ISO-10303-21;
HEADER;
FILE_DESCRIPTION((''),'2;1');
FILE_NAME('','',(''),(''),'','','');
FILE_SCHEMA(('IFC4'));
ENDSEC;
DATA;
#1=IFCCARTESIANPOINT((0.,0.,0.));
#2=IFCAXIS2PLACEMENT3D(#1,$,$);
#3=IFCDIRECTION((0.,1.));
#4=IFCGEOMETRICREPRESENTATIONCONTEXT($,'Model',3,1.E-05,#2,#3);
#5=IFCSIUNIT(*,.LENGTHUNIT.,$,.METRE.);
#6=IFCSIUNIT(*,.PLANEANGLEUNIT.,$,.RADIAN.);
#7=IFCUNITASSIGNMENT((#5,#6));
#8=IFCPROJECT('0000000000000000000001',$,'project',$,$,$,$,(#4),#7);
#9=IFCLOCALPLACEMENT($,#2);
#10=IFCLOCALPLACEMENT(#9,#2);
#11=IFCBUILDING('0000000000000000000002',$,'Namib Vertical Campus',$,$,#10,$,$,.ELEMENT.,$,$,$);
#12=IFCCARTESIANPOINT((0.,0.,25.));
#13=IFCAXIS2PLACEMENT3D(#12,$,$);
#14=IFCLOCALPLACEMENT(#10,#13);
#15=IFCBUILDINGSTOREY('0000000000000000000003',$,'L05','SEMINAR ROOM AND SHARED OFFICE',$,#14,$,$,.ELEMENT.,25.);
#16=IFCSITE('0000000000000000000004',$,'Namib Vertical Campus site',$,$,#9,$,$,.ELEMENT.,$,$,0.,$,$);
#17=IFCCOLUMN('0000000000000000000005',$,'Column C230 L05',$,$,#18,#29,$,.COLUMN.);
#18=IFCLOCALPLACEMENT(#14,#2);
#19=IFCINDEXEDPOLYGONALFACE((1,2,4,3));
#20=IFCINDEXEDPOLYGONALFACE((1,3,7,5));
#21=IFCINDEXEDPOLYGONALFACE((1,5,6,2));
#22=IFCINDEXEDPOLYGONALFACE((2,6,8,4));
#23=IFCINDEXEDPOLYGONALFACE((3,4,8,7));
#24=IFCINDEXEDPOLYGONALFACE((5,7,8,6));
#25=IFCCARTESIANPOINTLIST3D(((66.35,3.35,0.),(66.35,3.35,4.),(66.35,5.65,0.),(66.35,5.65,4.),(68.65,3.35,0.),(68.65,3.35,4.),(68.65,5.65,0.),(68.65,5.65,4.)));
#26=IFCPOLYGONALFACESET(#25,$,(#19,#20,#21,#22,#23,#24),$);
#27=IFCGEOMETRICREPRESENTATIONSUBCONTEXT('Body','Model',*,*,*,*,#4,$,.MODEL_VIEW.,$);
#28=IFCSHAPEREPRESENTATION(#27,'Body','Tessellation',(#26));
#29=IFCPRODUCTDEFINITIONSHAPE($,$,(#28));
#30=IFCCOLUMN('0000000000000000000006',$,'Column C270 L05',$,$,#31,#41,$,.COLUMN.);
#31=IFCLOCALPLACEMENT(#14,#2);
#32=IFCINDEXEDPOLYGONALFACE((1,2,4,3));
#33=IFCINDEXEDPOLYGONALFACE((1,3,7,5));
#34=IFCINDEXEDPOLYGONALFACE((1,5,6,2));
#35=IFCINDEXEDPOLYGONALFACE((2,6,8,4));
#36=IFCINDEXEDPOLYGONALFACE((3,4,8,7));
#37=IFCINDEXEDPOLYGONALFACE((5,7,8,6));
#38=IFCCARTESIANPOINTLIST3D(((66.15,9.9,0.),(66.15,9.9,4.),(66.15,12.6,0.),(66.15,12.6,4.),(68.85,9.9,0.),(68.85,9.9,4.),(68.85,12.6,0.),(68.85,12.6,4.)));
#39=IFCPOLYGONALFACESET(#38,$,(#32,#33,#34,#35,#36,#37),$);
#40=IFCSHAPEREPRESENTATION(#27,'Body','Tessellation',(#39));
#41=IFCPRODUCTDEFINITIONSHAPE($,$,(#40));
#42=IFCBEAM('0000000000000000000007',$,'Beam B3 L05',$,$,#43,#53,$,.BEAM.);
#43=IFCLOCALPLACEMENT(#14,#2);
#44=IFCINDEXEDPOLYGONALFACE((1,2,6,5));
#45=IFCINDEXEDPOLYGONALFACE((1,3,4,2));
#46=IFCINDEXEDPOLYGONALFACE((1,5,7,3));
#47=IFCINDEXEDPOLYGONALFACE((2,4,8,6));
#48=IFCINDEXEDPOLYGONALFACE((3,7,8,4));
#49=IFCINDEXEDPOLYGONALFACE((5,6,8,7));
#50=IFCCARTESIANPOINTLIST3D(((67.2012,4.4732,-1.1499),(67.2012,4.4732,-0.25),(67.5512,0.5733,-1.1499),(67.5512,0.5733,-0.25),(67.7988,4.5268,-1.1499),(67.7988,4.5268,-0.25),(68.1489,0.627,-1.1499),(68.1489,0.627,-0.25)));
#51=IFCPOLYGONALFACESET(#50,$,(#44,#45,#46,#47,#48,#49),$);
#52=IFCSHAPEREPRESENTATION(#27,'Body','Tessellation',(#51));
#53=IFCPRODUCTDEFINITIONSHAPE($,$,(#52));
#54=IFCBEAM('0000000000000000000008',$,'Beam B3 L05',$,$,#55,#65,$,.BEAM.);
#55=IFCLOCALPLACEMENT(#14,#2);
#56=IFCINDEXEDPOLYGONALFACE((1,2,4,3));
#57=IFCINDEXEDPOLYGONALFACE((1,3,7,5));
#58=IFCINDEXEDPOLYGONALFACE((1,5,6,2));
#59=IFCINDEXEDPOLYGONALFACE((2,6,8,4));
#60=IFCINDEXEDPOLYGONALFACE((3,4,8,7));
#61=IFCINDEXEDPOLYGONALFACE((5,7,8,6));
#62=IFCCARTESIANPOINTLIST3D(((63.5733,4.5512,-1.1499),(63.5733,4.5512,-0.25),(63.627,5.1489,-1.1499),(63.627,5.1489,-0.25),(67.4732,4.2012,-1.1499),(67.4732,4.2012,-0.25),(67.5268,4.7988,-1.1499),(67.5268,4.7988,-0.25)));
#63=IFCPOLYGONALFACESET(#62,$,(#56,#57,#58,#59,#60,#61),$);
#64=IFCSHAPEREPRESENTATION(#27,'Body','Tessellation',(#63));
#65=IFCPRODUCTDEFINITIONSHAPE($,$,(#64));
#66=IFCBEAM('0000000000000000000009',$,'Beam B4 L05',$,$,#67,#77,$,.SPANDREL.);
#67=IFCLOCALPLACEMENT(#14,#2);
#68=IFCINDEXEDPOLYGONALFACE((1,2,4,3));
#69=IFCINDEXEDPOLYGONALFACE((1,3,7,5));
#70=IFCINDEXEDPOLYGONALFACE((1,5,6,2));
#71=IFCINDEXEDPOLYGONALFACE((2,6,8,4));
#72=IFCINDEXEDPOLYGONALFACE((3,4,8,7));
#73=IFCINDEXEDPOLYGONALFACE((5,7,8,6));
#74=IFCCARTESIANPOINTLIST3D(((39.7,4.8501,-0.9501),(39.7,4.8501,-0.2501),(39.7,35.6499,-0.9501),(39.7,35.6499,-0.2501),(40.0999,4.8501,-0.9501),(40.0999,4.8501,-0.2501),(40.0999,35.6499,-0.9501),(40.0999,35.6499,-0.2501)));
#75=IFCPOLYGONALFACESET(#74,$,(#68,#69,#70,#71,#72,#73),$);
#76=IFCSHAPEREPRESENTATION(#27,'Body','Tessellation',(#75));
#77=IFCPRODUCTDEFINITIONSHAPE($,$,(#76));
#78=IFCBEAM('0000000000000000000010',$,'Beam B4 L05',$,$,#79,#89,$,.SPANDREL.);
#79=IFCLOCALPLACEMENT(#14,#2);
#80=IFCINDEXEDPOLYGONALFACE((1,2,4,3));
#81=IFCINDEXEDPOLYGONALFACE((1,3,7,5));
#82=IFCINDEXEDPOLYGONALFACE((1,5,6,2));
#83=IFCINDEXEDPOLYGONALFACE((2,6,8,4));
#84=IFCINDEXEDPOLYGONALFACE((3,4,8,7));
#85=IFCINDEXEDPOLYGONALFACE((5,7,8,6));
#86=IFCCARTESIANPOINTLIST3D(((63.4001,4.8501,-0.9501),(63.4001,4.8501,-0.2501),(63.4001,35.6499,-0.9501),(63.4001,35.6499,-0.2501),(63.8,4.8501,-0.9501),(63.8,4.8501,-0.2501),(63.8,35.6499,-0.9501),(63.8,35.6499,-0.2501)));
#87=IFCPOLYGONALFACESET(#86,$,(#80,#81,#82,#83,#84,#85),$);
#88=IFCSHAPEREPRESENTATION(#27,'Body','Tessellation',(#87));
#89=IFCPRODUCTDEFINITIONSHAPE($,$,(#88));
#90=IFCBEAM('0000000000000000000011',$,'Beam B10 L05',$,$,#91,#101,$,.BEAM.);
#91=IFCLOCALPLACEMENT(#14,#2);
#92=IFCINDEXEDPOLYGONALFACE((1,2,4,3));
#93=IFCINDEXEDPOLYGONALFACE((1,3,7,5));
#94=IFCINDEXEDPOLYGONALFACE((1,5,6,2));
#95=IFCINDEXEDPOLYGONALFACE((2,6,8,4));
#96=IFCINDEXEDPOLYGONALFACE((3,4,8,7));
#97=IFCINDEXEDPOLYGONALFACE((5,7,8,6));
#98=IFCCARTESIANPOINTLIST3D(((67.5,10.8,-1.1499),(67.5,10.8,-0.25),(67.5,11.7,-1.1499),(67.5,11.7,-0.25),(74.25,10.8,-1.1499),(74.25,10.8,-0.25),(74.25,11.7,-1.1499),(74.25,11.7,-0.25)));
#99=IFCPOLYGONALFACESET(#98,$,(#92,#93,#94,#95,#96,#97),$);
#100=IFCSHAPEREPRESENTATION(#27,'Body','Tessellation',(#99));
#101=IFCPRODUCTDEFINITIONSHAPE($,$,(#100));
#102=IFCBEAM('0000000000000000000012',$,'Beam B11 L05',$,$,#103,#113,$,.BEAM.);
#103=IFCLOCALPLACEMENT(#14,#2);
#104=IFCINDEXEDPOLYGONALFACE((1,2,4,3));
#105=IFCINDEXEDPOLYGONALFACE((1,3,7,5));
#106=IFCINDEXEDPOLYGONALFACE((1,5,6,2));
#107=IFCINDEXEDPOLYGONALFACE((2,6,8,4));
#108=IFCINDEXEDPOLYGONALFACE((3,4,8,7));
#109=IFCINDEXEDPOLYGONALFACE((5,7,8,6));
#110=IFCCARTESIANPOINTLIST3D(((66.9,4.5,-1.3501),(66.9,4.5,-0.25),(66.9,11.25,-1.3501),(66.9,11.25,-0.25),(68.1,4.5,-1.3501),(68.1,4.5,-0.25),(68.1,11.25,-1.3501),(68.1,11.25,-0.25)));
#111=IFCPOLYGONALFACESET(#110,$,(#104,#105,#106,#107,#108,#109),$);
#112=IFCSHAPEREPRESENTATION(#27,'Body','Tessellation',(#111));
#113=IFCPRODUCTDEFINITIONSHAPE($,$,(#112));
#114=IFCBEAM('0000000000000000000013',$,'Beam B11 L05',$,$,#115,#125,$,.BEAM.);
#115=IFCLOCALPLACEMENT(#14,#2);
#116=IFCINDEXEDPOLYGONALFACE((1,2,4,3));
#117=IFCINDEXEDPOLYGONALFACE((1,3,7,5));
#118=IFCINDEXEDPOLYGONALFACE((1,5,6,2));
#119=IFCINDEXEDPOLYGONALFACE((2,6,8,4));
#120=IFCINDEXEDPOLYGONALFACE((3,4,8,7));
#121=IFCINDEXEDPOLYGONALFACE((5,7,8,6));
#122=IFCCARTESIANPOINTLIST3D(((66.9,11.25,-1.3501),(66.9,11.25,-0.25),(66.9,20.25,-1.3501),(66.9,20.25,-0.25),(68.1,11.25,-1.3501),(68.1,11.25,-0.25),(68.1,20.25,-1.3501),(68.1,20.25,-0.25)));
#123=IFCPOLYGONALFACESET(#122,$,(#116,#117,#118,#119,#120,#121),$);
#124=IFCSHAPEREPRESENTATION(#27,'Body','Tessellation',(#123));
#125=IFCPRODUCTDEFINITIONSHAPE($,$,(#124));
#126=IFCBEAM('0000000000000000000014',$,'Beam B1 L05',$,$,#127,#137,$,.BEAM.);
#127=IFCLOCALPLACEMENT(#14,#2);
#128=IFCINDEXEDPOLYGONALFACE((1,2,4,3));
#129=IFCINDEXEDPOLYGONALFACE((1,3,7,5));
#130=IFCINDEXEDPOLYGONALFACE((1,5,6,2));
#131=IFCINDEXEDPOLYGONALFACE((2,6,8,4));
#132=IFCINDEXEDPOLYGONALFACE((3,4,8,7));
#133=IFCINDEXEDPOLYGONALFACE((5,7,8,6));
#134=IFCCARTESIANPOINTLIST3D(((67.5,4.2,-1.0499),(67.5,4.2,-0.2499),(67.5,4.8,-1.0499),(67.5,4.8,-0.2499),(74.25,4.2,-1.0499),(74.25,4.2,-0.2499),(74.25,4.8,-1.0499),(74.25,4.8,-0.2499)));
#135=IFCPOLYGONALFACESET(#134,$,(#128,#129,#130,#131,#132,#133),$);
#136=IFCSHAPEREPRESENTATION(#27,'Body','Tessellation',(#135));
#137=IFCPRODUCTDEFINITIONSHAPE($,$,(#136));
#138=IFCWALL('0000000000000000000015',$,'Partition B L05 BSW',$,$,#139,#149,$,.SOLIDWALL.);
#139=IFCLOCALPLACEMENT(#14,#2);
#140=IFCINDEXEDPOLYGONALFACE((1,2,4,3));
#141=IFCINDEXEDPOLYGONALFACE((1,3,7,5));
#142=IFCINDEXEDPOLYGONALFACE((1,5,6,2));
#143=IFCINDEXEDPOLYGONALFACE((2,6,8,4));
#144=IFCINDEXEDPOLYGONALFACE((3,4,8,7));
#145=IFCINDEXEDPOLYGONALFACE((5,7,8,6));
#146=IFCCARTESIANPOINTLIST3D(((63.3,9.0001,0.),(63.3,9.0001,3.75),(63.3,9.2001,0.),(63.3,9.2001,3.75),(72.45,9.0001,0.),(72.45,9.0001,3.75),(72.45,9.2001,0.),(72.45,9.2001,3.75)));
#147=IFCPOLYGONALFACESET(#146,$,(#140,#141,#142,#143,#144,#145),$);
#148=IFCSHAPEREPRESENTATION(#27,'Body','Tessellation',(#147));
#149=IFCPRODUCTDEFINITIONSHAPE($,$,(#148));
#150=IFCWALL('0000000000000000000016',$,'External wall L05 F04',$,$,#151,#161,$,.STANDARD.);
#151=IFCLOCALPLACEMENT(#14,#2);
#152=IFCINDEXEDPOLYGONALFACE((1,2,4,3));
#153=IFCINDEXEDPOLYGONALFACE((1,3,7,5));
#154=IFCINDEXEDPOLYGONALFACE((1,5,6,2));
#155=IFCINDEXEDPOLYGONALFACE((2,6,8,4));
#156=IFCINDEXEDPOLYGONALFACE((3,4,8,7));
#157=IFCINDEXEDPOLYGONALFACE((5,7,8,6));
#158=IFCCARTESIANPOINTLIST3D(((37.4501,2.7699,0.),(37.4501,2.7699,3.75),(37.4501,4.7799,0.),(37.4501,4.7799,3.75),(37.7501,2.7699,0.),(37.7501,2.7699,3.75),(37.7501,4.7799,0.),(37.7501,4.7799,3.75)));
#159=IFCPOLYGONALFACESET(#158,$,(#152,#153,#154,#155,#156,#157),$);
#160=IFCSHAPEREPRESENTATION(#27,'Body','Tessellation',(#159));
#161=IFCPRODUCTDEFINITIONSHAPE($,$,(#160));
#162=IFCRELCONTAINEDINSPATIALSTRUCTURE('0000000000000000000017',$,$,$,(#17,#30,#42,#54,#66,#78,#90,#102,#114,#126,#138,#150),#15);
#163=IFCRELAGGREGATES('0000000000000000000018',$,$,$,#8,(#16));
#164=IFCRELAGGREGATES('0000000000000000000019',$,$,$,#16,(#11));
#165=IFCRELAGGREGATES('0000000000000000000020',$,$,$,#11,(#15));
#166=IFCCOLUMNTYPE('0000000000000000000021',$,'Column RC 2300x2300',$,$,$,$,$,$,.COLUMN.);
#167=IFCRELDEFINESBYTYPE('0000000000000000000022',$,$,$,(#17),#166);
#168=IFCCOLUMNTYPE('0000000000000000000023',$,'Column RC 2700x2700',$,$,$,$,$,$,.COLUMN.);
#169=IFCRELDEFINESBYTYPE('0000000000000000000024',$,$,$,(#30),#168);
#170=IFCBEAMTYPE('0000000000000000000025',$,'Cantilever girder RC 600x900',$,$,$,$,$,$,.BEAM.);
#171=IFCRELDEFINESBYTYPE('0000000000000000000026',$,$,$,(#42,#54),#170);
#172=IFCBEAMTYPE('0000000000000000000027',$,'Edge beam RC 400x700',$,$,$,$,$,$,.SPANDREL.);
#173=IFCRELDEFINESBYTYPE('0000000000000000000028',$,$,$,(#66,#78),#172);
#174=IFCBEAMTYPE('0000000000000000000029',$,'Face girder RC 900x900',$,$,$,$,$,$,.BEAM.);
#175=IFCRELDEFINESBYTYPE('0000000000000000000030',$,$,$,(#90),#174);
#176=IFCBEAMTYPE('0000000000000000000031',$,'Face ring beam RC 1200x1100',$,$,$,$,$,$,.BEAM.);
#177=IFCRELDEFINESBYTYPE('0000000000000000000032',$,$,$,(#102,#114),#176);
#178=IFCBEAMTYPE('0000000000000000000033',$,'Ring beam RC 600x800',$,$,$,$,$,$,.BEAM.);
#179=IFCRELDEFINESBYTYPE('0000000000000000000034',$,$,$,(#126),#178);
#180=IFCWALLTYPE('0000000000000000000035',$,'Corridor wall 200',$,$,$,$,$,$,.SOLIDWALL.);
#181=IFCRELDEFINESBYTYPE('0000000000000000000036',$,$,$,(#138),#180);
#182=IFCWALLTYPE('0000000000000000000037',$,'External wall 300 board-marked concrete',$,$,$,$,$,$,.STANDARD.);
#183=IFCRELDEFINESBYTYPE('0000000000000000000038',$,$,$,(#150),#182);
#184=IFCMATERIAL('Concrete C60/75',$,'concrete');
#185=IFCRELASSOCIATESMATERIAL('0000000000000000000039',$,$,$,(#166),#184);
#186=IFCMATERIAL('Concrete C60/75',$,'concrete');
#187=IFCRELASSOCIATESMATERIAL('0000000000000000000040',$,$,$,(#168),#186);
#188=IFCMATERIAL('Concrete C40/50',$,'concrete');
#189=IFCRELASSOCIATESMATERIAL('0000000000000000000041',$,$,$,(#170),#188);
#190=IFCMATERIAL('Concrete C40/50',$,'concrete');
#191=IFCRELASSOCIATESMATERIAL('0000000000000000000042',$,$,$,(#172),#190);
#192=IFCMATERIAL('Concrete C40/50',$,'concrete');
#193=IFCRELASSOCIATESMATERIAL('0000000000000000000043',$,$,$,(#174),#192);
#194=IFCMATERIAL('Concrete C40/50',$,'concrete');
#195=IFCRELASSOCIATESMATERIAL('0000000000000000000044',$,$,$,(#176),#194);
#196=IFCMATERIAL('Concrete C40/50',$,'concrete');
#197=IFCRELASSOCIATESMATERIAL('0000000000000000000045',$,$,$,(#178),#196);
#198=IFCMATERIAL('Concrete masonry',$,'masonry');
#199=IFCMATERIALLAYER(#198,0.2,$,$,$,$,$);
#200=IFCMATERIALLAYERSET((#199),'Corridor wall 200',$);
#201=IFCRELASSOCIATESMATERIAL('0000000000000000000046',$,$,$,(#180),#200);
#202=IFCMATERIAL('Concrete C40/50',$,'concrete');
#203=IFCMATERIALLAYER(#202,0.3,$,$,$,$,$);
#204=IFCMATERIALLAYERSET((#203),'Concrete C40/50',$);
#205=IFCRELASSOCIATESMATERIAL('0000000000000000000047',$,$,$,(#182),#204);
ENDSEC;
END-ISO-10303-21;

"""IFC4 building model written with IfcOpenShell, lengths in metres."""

from ifc_helpers import new_model, si_unit, direction, frame, frame_2d, origin, origin_2d, place, context, subcontext, project, spatial, rectangle, extrude, material, layer, layer_set, material_profile, profile_set, type_object, element, save


model = new_model("IFC4")

# Units and contexts
model_context = context("Model", 3, precision=1e-05, world=origin(), true_north=direction((0.0, 1.0)))
body_context = subcontext(model_context, "Body", "Model", "MODEL_VIEW")
ifc_project = project(units=[si_unit("LENGTHUNIT", "METRE"), si_unit("PLANEANGLEUNIT", "RADIAN")], contexts=[model_context])

# Site, building, storey
site_placement = place(None, origin())
site = spatial("IfcSite", under=ifc_project, at=site_placement, Name="Namib Vertical Campus site", CompositionType="ELEMENT", RefElevation=0.0)
building_placement = place(site_placement, origin())
building = spatial("IfcBuilding", under=site, at=building_placement, Name="Namib Vertical Campus", CompositionType="ELEMENT")
storey_placement = place(building_placement, frame((0.0, 0.0, 25.0)))
storey = spatial("IfcBuildingStorey", under=building, at=storey_placement, Name="L05", Description="SEMINAR ROOM AND SHARED OFFICE", CompositionType="ELEMENT", Elevation=25.0)

# Columns
ifc_material_1 = material(Name="Concrete C60/75", Category="concrete")
ifc_material_profile_1 = material_profile(ifc_material_1, rectangle(XDim=2.3, YDim=2.3, at=origin_2d()))
ifc_profile_set_1 = profile_set([ifc_material_profile_1], Name="Concrete C60/75")
column_type_1 = type_object("IfcColumnType", Name="Column RC 2300x2300", PredefinedType="COLUMN", material=ifc_profile_set_1)
column_1_placement = place(storey_placement, frame((67.5, 4.5, 0.0), z_axis=(0.0, 0.0, 1.0), x_axis=(1.0, 0.0, 0.0)))
element("IfcColumn", 1, at=column_1_placement, inside=storey, type_object=column_type_1, Name="Column C230 L05", PredefinedType="COLUMN", context=body_context, shape_type="SweptSolid", body=[
    extrude(rectangle(XDim=2.3, YDim=2.3, at=origin_2d()), origin(), (0.0, 0.0, 1.0), 4.0),
])
ifc_material_2 = material(Name="Concrete C60/75", Category="concrete")
ifc_material_profile_2 = material_profile(ifc_material_2, rectangle(XDim=2.7, YDim=2.7, at=origin_2d()))
ifc_profile_set_2 = profile_set([ifc_material_profile_2], Name="Concrete C60/75")
column_type_2 = type_object("IfcColumnType", Name="Column RC 2700x2700", PredefinedType="COLUMN", material=ifc_profile_set_2)
column_2_placement = place(storey_placement, frame((67.5, 11.25, 0.0), z_axis=(0.0, 0.0, 1.0), x_axis=(1.0, 0.0, 0.0)))
element("IfcColumn", 2, at=column_2_placement, inside=storey, type_object=column_type_2, Name="Column C270 L05", PredefinedType="COLUMN", context=body_context, shape_type="SweptSolid", body=[
    extrude(rectangle(XDim=2.7, YDim=2.7, at=origin_2d()), origin(), (0.0, 0.0, 1.0), 4.0),
])

# Beams
ifc_material_3 = material(Name="Concrete C40/50", Category="concrete")
ifc_material_profile_3 = material_profile(ifc_material_3, rectangle(XDim=0.6001, YDim=0.8999, at=origin_2d()))
ifc_profile_set_3 = profile_set([ifc_material_profile_3], Name="Concrete C40/50")
beam_type_1 = type_object("IfcBeamType", Name="Cantilever girder RC 600x900", PredefinedType="BEAM", material=ifc_profile_set_3)
for number, where, z_axis, x_axis, name in (
    (3, (67.5, 4.5, -0.7), (0.089411, -0.995995, 0.0), (0.995995, 0.089411, 0.0), "Beam B3 L05"),
    (4, (67.5, 4.5, -0.7), (-0.995995, 0.089411, 0.0), (-0.089411, -0.995995, 0.0), "Beam B3 L05"),
):
    element("IfcBeam", number, at=place(storey_placement, frame(where, z_axis=z_axis, x_axis=x_axis)), inside=storey, type_object=beam_type_1, Name=name, PredefinedType="BEAM", context=body_context, shape_type="SweptSolid", body=[
        extrude(rectangle(XDim=0.6001, YDim=0.8999, at=origin_2d()), origin(), (0.0, 0.0, 1.0), 3.9155),
    ])
ifc_material_4 = material(Name="Concrete C40/50", Category="concrete")
ifc_material_profile_4 = material_profile(ifc_material_4, rectangle(XDim=0.3999, YDim=0.7, at=origin_2d()))
ifc_profile_set_4 = profile_set([ifc_material_profile_4], Name="Concrete C40/50")
beam_type_2 = type_object("IfcBeamType", Name="Edge beam RC 400x700", PredefinedType="SPANDREL", material=ifc_profile_set_4)
for number, where, z_axis, x_axis, name in (
    (5, (39.8999, 4.8501, -0.6001), (0.0, 1.0, 0.0), (-1.0, 0.0, 0.0), "Beam B4 L05"),
    (6, (63.6001, 4.8501, -0.6001), (0.0, 1.0, 0.0), (-1.0, 0.0, 0.0), "Beam B4 L05"),
):
    element("IfcBeam", number, at=place(storey_placement, frame(where, z_axis=z_axis, x_axis=x_axis)), inside=storey, type_object=beam_type_2, Name=name, PredefinedType="SPANDREL", context=body_context, shape_type="SweptSolid", body=[
        extrude(rectangle(XDim=0.3999, YDim=0.7, at=origin_2d()), origin(), (0.0, 0.0, 1.0), 30.7998),
    ])
ifc_material_5 = material(Name="Concrete C40/50", Category="concrete")
ifc_material_profile_5 = material_profile(ifc_material_5, rectangle(XDim=0.8999, YDim=0.8999, at=origin_2d()))
ifc_profile_set_5 = profile_set([ifc_material_profile_5], Name="Concrete C40/50")
beam_type_3 = type_object("IfcBeamType", Name="Face girder RC 900x900", PredefinedType="BEAM", material=ifc_profile_set_5)
beam_1_placement = place(storey_placement, frame((67.5, 11.25, -0.7), z_axis=(1.0, 0.0, 0.0), x_axis=(0.0, 1.0, 0.0)))
element("IfcBeam", 7, at=beam_1_placement, inside=storey, type_object=beam_type_3, Name="Beam B10 L05", PredefinedType="BEAM", context=body_context, shape_type="SweptSolid", body=[
    extrude(rectangle(XDim=0.8999, YDim=0.8999, at=origin_2d()), origin(), (0.0, 0.0, 1.0), 6.75),
])
ifc_material_6 = material(Name="Concrete C40/50", Category="concrete")
ifc_material_profile_6 = material_profile(ifc_material_6, rectangle(XDim=1.2, YDim=1.1001, at=origin_2d()))
ifc_profile_set_6 = profile_set([ifc_material_profile_6], Name="Concrete C40/50")
beam_type_4 = type_object("IfcBeamType", Name="Face ring beam RC 1200x1100", PredefinedType="BEAM", material=ifc_profile_set_6)
beam_2_placement = place(storey_placement, frame((67.5, 4.5, -0.8), z_axis=(0.0, 1.0, 0.0), x_axis=(-1.0, 0.0, 0.0)))
element("IfcBeam", 8, at=beam_2_placement, inside=storey, type_object=beam_type_4, Name="Beam B11 L05", PredefinedType="BEAM", context=body_context, shape_type="SweptSolid", body=[
    extrude(rectangle(XDim=1.2, YDim=1.1001, at=origin_2d()), origin(), (0.0, 0.0, 1.0), 6.75),
])
beam_3_placement = place(storey_placement, frame((67.5, 11.25, -0.8), z_axis=(0.0, 1.0, 0.0), x_axis=(-1.0, 0.0, 0.0)))
element("IfcBeam", 9, at=beam_3_placement, inside=storey, type_object=beam_type_4, Name="Beam B11 L05", PredefinedType="BEAM", context=body_context, shape_type="SweptSolid", body=[
    extrude(rectangle(XDim=1.2, YDim=1.1001, at=origin_2d()), origin(), (0.0, 0.0, 1.0), 9.0),
])
ifc_material_7 = material(Name="Concrete C40/50", Category="concrete")
ifc_material_profile_7 = material_profile(ifc_material_7, rectangle(XDim=0.6001, YDim=0.8, at=origin_2d()))
ifc_profile_set_7 = profile_set([ifc_material_profile_7], Name="Concrete C40/50")
beam_type_5 = type_object("IfcBeamType", Name="Ring beam RC 600x800", PredefinedType="BEAM", material=ifc_profile_set_7)
beam_4_placement = place(storey_placement, frame((67.5, 4.5, -0.6499), z_axis=(1.0, 0.0, 0.0), x_axis=(0.0, 1.0, 0.0)))
element("IfcBeam", 10, at=beam_4_placement, inside=storey, type_object=beam_type_5, Name="Beam B1 L05", PredefinedType="BEAM", context=body_context, shape_type="SweptSolid", body=[
    extrude(rectangle(XDim=0.6001, YDim=0.8, at=origin_2d()), origin(), (0.0, 0.0, 1.0), 6.75),
])

# Walls
ifc_material_8 = material(Name="Concrete masonry", Category="masonry")
ifc_layer_1 = layer(ifc_material_8, 0.2)
ifc_layer_set_1 = layer_set([ifc_layer_1], Name="Corridor wall 200")
wall_type_1 = type_object("IfcWallType", Name="Corridor wall 200", PredefinedType="SOLIDWALL", material=ifc_layer_set_1)
wall_1_placement = place(storey_placement, frame((63.3, 9.1001, 0.0), z_axis=(0.0, 0.0, 1.0), x_axis=(1.0, 0.0, 0.0)))
element("IfcWall", 11, at=wall_1_placement, inside=storey, type_object=wall_type_1, Name="Partition B L05 BSW", PredefinedType="SOLIDWALL", context=body_context, shape_type="SweptSolid", body=[
    extrude(rectangle(XDim=9.1499, YDim=0.2, at=frame_2d((4.575, 0.0))), origin(), (0.0, 0.0, 1.0), 3.75),
])
ifc_material_9 = material(Name="Concrete C40/50", Category="concrete")
ifc_layer_2 = layer(ifc_material_9, 0.3)
ifc_layer_set_2 = layer_set([ifc_layer_2], Name="Concrete C40/50")
wall_type_2 = type_object("IfcWallType", Name="External wall 300 board-marked concrete", PredefinedType="STANDARD", material=ifc_layer_set_2)
wall_2_placement = place(storey_placement, frame((37.6001, 2.77, 0.0), z_axis=(0.0, 0.0, 1.0), x_axis=(0.0, 1.0, 0.0)))
element("IfcWall", 12, at=wall_2_placement, inside=storey, type_object=wall_type_2, Name="External wall L05 F04", PredefinedType="STANDARD", context=body_context, shape_type="SweptSolid", body=[
    extrude(rectangle(XDim=2.01, YDim=0.3, at=frame_2d((1.0049, 0.0))), origin(), (0.0, 0.0, 1.0), 3.75),
])

save(model, "model.ifc")
